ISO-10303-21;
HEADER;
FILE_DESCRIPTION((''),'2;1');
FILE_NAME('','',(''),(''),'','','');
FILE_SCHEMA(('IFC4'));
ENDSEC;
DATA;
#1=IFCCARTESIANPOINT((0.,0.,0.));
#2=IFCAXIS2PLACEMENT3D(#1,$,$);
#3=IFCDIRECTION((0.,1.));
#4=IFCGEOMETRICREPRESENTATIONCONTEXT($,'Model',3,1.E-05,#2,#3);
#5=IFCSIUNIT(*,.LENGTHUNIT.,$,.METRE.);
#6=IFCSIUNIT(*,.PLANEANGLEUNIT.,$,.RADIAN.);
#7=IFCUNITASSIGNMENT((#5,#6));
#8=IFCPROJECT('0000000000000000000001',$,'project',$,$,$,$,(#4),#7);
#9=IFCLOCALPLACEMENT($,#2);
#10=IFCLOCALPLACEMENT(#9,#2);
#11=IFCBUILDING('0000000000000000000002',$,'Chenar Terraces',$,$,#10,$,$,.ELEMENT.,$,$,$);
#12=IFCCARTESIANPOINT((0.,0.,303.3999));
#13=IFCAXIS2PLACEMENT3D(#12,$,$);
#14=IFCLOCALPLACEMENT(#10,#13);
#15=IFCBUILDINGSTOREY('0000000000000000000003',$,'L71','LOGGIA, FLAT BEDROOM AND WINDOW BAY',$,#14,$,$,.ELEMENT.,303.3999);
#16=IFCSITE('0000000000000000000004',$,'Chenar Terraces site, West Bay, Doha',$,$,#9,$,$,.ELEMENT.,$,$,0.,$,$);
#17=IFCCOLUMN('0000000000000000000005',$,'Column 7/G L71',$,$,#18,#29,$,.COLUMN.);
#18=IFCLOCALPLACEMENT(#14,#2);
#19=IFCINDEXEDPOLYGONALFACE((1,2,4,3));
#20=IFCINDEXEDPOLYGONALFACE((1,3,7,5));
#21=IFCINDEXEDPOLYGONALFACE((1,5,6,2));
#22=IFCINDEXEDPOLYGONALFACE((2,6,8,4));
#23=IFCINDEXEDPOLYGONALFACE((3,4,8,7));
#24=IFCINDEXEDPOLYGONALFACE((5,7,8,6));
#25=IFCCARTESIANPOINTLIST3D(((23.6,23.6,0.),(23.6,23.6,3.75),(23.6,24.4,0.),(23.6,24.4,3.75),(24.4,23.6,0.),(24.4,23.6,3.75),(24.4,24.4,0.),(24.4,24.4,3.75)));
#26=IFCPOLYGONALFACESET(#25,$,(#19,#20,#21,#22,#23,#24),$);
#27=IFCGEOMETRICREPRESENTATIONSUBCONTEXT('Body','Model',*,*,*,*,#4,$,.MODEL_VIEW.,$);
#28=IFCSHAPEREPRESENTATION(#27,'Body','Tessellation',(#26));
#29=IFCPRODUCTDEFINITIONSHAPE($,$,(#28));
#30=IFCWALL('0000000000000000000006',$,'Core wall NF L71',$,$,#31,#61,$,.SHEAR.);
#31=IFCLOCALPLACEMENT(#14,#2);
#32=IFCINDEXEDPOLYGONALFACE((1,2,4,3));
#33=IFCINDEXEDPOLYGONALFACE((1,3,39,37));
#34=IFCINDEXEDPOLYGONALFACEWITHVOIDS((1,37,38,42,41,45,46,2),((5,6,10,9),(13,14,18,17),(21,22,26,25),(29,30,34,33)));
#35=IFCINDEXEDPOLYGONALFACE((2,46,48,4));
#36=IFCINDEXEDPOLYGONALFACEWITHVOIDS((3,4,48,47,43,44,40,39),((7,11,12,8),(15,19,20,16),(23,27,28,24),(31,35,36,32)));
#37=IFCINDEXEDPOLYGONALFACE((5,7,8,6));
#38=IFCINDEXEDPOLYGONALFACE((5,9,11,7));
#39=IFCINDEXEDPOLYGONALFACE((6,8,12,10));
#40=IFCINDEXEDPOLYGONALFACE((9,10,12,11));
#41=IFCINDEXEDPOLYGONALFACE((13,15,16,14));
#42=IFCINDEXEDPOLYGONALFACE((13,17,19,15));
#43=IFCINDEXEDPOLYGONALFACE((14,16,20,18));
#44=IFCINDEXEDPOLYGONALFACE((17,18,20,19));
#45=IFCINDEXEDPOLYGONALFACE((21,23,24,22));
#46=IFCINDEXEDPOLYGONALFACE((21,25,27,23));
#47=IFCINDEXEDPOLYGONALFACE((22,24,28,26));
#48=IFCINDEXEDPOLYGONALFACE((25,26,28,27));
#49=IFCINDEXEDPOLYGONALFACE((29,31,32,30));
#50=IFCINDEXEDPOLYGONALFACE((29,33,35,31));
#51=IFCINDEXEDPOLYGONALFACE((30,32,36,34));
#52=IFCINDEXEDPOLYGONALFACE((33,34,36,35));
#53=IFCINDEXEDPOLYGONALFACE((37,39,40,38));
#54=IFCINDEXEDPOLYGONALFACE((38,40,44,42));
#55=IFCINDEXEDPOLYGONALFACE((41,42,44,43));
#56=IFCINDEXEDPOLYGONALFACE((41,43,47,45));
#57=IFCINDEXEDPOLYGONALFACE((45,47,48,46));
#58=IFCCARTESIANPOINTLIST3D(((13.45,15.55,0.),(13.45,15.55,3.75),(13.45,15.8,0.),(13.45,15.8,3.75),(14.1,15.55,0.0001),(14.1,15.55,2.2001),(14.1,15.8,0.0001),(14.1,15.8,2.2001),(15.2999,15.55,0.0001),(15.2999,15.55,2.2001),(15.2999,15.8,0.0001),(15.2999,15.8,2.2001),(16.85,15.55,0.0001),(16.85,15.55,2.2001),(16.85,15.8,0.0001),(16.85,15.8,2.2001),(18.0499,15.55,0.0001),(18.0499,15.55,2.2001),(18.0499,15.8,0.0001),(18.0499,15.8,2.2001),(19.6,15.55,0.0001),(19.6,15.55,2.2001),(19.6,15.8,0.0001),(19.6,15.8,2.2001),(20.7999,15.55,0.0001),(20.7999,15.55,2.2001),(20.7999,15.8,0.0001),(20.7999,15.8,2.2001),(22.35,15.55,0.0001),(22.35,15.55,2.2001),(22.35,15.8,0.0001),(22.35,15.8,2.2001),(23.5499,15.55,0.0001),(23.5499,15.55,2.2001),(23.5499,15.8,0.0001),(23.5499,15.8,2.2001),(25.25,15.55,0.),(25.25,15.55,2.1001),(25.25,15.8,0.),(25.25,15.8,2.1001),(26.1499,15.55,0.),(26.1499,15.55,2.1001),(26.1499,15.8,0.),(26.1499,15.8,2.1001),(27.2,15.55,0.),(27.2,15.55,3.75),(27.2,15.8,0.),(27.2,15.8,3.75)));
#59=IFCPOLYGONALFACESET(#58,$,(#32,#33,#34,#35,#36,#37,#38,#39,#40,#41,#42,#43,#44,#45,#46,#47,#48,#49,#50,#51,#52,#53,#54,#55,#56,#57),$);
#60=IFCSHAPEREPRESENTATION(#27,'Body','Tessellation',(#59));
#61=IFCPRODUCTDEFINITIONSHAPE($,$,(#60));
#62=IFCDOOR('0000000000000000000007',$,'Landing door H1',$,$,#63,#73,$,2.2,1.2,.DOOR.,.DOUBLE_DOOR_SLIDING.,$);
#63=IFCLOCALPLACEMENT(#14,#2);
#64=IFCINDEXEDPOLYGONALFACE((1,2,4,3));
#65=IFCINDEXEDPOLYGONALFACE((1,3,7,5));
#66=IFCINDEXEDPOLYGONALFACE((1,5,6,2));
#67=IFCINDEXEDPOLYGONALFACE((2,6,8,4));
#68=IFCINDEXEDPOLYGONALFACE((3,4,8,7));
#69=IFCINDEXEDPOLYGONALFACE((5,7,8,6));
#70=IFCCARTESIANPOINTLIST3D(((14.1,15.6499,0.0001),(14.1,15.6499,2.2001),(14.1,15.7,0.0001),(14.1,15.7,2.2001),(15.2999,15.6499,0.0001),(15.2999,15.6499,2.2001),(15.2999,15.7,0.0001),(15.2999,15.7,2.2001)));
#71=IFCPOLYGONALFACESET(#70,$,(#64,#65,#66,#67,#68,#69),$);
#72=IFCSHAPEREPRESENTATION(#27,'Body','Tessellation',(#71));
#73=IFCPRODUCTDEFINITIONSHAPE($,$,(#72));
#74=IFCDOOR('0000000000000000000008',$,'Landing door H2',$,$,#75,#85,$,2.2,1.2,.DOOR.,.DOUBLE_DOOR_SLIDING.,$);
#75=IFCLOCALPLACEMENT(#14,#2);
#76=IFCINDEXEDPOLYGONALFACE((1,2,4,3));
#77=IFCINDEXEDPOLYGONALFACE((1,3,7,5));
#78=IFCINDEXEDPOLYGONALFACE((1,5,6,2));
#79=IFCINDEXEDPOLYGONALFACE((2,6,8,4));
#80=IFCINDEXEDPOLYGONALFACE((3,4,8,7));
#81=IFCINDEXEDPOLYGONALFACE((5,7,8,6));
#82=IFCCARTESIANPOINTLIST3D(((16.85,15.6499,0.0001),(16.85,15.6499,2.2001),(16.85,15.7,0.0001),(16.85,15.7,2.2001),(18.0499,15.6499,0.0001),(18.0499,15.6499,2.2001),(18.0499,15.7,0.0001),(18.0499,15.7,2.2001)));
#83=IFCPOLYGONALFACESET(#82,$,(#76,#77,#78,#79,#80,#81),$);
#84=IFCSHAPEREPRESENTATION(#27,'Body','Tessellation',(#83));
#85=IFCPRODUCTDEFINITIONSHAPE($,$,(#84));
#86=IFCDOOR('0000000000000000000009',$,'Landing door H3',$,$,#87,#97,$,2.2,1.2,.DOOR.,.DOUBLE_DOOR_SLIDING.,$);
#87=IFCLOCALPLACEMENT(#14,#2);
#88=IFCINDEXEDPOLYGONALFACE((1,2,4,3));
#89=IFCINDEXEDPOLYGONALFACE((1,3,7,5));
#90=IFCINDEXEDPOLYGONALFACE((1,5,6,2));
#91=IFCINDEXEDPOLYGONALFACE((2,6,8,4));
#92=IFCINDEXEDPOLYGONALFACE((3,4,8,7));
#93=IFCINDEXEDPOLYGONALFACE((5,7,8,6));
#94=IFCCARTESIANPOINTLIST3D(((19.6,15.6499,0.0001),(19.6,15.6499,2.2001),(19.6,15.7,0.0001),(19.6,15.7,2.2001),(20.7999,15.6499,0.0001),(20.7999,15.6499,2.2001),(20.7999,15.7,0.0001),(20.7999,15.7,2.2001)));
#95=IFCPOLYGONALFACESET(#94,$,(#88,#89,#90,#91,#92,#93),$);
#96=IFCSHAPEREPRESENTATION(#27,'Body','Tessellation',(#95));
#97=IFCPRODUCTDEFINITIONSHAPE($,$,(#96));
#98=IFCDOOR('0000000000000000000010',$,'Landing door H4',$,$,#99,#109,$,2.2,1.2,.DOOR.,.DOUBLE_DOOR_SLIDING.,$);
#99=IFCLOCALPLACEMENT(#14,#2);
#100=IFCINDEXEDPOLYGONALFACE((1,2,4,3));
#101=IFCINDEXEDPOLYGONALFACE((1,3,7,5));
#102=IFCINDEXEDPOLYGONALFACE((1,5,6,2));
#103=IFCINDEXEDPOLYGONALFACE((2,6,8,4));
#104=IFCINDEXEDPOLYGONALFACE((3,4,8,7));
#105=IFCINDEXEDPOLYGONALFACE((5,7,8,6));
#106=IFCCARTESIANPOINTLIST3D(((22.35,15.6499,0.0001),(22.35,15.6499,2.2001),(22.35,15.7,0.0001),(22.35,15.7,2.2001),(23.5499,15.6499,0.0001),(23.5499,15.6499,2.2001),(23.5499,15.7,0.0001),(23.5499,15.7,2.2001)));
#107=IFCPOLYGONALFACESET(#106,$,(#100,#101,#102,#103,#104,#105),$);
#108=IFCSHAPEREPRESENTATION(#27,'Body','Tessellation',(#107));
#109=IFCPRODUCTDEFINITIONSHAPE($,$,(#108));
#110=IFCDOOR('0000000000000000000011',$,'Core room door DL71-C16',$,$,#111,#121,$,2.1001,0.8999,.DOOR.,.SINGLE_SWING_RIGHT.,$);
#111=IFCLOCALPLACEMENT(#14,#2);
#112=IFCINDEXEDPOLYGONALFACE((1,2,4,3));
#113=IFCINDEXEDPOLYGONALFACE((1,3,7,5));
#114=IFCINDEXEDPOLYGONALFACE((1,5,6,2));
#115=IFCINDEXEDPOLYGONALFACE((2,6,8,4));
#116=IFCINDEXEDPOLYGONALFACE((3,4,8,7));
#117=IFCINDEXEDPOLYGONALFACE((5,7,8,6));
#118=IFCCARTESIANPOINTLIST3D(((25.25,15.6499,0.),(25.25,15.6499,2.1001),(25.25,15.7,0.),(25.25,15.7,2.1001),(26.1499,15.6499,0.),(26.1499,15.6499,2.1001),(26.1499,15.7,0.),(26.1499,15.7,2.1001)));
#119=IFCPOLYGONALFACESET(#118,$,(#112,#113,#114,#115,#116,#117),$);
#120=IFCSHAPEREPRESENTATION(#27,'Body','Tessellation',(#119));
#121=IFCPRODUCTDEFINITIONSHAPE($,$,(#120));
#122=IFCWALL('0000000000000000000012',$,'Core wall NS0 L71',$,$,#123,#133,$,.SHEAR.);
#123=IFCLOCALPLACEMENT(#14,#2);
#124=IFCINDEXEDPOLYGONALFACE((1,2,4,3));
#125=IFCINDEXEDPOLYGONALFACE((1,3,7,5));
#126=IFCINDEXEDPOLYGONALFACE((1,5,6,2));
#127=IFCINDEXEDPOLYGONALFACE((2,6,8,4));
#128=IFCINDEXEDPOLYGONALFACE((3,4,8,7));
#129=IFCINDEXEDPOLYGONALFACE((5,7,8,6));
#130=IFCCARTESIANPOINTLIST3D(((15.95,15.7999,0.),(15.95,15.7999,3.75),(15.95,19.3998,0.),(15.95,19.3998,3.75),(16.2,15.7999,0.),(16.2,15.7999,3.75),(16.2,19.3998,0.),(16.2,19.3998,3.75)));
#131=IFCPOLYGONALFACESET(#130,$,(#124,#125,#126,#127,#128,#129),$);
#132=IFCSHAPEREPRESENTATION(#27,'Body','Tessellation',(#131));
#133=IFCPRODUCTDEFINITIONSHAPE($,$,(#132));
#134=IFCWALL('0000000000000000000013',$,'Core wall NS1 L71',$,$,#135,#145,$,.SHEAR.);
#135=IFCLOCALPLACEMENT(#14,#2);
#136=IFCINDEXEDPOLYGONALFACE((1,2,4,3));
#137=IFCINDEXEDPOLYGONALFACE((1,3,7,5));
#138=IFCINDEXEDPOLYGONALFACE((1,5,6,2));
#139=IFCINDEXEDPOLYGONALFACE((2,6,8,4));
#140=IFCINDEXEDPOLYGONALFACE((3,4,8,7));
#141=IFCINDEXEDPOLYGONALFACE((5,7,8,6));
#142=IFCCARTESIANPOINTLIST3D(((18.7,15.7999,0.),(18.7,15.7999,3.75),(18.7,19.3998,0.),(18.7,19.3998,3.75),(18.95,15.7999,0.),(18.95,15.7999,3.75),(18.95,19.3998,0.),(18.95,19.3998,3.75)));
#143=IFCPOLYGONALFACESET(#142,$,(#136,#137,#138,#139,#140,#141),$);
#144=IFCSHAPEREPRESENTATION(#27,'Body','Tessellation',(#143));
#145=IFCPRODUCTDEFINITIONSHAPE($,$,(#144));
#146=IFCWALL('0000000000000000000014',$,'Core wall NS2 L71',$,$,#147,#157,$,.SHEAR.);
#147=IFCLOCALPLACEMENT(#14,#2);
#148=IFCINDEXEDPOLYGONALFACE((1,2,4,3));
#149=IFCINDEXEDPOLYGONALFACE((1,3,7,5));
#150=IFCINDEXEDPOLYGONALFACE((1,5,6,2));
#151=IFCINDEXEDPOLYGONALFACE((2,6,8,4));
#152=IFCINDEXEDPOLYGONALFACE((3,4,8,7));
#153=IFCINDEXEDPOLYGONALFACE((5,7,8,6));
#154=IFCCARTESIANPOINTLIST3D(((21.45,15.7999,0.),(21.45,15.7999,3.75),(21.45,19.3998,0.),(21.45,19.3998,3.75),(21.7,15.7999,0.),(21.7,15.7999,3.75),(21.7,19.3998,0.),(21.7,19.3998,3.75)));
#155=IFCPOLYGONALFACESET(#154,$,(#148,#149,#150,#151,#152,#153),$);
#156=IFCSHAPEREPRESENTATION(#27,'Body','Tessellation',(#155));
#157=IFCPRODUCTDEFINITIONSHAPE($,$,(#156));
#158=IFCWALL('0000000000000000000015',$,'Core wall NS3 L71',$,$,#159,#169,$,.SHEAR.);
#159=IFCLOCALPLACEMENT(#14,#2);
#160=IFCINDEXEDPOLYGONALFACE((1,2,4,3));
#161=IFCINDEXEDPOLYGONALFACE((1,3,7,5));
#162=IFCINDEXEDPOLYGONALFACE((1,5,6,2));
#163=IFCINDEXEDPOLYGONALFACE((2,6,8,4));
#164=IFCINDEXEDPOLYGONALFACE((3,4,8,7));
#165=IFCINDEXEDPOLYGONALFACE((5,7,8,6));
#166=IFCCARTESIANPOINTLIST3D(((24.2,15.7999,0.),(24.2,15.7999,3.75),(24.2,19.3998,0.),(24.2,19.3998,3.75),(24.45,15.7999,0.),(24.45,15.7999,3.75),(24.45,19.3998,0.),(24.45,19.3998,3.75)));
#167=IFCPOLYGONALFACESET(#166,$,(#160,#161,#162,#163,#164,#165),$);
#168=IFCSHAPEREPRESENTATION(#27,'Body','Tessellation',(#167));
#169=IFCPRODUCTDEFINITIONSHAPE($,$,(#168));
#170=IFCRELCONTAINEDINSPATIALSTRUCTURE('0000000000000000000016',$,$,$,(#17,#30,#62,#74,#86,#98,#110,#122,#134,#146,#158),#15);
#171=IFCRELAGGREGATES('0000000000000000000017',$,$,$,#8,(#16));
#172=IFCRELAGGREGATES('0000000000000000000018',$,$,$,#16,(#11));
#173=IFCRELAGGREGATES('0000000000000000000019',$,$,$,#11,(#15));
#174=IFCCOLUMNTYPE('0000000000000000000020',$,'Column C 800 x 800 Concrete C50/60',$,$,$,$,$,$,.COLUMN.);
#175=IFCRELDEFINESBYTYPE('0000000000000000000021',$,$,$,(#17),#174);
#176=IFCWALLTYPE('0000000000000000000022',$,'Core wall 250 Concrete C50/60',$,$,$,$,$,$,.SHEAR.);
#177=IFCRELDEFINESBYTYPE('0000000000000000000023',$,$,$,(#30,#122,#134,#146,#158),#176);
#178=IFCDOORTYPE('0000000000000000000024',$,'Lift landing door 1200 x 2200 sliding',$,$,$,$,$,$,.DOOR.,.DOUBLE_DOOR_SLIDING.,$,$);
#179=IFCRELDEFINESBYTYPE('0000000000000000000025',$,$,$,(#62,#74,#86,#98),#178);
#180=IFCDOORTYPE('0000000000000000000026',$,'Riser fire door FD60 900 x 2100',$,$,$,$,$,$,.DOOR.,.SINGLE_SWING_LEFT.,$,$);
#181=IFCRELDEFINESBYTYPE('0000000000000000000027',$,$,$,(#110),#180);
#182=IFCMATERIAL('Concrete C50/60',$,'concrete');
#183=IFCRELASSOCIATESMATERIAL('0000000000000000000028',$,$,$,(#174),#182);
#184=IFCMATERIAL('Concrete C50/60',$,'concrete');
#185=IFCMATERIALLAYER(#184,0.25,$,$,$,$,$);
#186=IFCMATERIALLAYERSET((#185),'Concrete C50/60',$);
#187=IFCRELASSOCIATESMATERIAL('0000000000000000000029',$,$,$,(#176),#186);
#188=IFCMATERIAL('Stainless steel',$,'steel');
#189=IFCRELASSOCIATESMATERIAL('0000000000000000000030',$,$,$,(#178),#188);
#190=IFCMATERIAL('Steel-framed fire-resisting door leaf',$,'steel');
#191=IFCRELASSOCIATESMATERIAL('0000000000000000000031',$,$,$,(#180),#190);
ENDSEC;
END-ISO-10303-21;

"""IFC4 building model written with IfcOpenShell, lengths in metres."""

from ifc_helpers import new_model, si_unit, direction, frame, frame_2d, origin, origin_2d, place, context, subcontext, project, spatial, rectangle, extrude, material, layer, layer_set, material_profile, profile_set, type_object, element, fill, save


model = new_model("IFC4")

# Units and contexts
model_context = context("Model", 3, precision=1e-05, world=origin(), true_north=direction((0.0, 1.0)))
body_context = subcontext(model_context, "Body", "Model", "MODEL_VIEW")
ifc_project = project(units=[si_unit("LENGTHUNIT", "METRE"), si_unit("PLANEANGLEUNIT", "RADIAN")], contexts=[model_context])

# Site, building, storey
site_placement = place(None, origin())
site = spatial("IfcSite", under=ifc_project, at=site_placement, Name="Chenar Terraces site, West Bay, Doha", CompositionType="ELEMENT", RefElevation=0.0)
building_placement = place(site_placement, origin())
building = spatial("IfcBuilding", under=site, at=building_placement, Name="Chenar Terraces", CompositionType="ELEMENT")
storey_placement = place(building_placement, frame((0.0, 0.0, 303.3999)))
storey = spatial("IfcBuildingStorey", under=building, at=storey_placement, Name="L71", Description="LOGGIA, FLAT BEDROOM AND WINDOW BAY", CompositionType="ELEMENT", Elevation=303.3999)

# Column
ifc_material_1 = material(Name="Concrete C50/60", Category="concrete")
ifc_material_profile = material_profile(ifc_material_1, rectangle(XDim=0.8, YDim=0.8, at=origin_2d()), Name="C 800 x 800")
ifc_profile_set = profile_set([ifc_material_profile], Name="Concrete C50/60")
column_type = type_object("IfcColumnType", Name="Column C 800 x 800 Concrete C50/60", PredefinedType="COLUMN", material=ifc_profile_set)
column_placement = place(storey_placement, frame((24.0, 24.0, 0.0), z_axis=(0.0, 0.0, 1.0), x_axis=(1.0, 0.0, 0.0)))
element("IfcColumn", 1, at=column_placement, inside=storey, type_object=column_type, Name="Column 7/G L71", PredefinedType="COLUMN", context=body_context, shape_type="SweptSolid", body=[
    extrude(rectangle(XDim=0.8, YDim=0.8, at=origin_2d()), origin(), (0.0, 0.0, 1.0), 3.75),
])

# Wall, openings, doors
ifc_material_2 = material(Name="Concrete C50/60", Category="concrete")
ifc_layer_1 = layer(ifc_material_2, 0.25)
ifc_layer_set_1 = layer_set([ifc_layer_1], Name="Concrete C50/60")
wall_type_1 = type_object("IfcWallType", Name="Core wall 250 Concrete C50/60", PredefinedType="SHEAR", material=ifc_layer_set_1)
wall_1_placement = place(storey_placement, frame((13.45, 15.675, 0.0), z_axis=(0.0, 0.0, 1.0), x_axis=(1.0, 0.0, 0.0)))
wall_1 = element("IfcWall", 2, at=wall_1_placement, inside=storey, type_object=wall_type_1, Name="Core wall NF L71", PredefinedType="SHEAR", context=body_context, shape_type="SweptSolid", body=[
    extrude(rectangle(XDim=13.75, YDim=0.25, at=frame_2d((6.875, 0.0))), origin(), (0.0, 0.0, 1.0), 3.75),
])
opening_1_placement = place(wall_1_placement, frame((0.6499, 0.0, 0.0)))
opening_1 = element("IfcOpeningElement", 3, at=opening_1_placement, cuts=wall_1, PredefinedType="OPENING", context=body_context, shape_type="SweptSolid", body=[
    extrude(rectangle(XDim=1.2, YDim=2.2, at=frame_2d((0.6001, 1.1001))), frame((0.0, 0.135, 0.0), z_axis=(0.0, -1.0, 0.0), x_axis=(1.0, 0.0, 0.0)), (0.0, 0.0, 1.0), 0.27),
])
opening_2_placement = place(wall_1_placement, frame((3.3999, 0.0, 0.0)))
opening_2 = element("IfcOpeningElement", 4, at=opening_2_placement, cuts=wall_1, PredefinedType="OPENING", context=body_context, shape_type="SweptSolid", body=[
    extrude(rectangle(XDim=1.2, YDim=2.2, at=frame_2d((0.6001, 1.1001))), frame((0.0, 0.135, 0.0), z_axis=(0.0, -1.0, 0.0), x_axis=(1.0, 0.0, 0.0)), (0.0, 0.0, 1.0), 0.27),
])
opening_3_placement = place(wall_1_placement, frame((6.1499, 0.0, 0.0)))
opening_3 = element("IfcOpeningElement", 5, at=opening_3_placement, cuts=wall_1, PredefinedType="OPENING", context=body_context, shape_type="SweptSolid", body=[
    extrude(rectangle(XDim=1.2, YDim=2.2, at=frame_2d((0.6001, 1.1001))), frame((0.0, 0.135, 0.0), z_axis=(0.0, -1.0, 0.0), x_axis=(1.0, 0.0, 0.0)), (0.0, 0.0, 1.0), 0.27),
])
opening_4_placement = place(wall_1_placement, frame((8.8999, 0.0, 0.0)))
opening_4 = element("IfcOpeningElement", 6, at=opening_4_placement, cuts=wall_1, PredefinedType="OPENING", context=body_context, shape_type="SweptSolid", body=[
    extrude(rectangle(XDim=1.2, YDim=2.2, at=frame_2d((0.6001, 1.1001))), frame((0.0, 0.135, 0.0), z_axis=(0.0, -1.0, 0.0), x_axis=(1.0, 0.0, 0.0)), (0.0, 0.0, 1.0), 0.27),
])
opening_5_placement = place(wall_1_placement, frame((11.8, 0.0, 0.0)))
opening_5 = element("IfcOpeningElement", 7, at=opening_5_placement, cuts=wall_1, PredefinedType="OPENING", context=body_context, shape_type="SweptSolid", body=[
    extrude(rectangle(XDim=0.8999, YDim=2.1001, at=frame_2d((0.45, 1.05))), frame((0.0, 0.135, 0.0), z_axis=(0.0, -1.0, 0.0), x_axis=(1.0, 0.0, 0.0)), (0.0, 0.0, 1.0), 0.27),
])
ifc_material_3 = material(Name="Stainless steel", Category="steel")
door_type_1 = type_object("IfcDoorType", Name="Lift landing door 1200 x 2200 sliding", OperationType="DOUBLE_DOOR_SLIDING", PredefinedType="DOOR", material=ifc_material_3)
door_1_placement = place(opening_1_placement, origin())
door_1 = element("IfcDoor", 8, at=door_1_placement, inside=storey, type_object=door_type_1, Name="Landing door H1", OperationType="DOUBLE_DOOR_SLIDING", OverallHeight=2.2, OverallWidth=1.2, PredefinedType="DOOR", context=body_context, shape_type="SweptSolid", body=[
    extrude(rectangle(XDim=1.2, YDim=2.2, at=frame_2d((0.6001, 1.1001))), frame((0.0, 0.0249, 0.0), z_axis=(0.0, -1.0, 0.0), x_axis=(1.0, 0.0, 0.0)), (0.0, 0.0, 1.0), 0.05),
])
fill(opening_1, door_1)
door_2_placement = place(opening_2_placement, origin())
door_2 = element("IfcDoor", 9, at=door_2_placement, inside=storey, type_object=door_type_1, Name="Landing door H2", OperationType="DOUBLE_DOOR_SLIDING", OverallHeight=2.2, OverallWidth=1.2, PredefinedType="DOOR", context=body_context, shape_type="SweptSolid", body=[
    extrude(rectangle(XDim=1.2, YDim=2.2, at=frame_2d((0.6001, 1.1001))), frame((0.0, 0.0249, 0.0), z_axis=(0.0, -1.0, 0.0), x_axis=(1.0, 0.0, 0.0)), (0.0, 0.0, 1.0), 0.05),
])
fill(opening_2, door_2)
door_3_placement = place(opening_3_placement, origin())
door_3 = element("IfcDoor", 10, at=door_3_placement, inside=storey, type_object=door_type_1, Name="Landing door H3", OperationType="DOUBLE_DOOR_SLIDING", OverallHeight=2.2, OverallWidth=1.2, PredefinedType="DOOR", context=body_context, shape_type="SweptSolid", body=[
    extrude(rectangle(XDim=1.2, YDim=2.2, at=frame_2d((0.6001, 1.1001))), frame((0.0, 0.0249, 0.0), z_axis=(0.0, -1.0, 0.0), x_axis=(1.0, 0.0, 0.0)), (0.0, 0.0, 1.0), 0.05),
])
fill(opening_3, door_3)
door_4_placement = place(opening_4_placement, origin())
door_4 = element("IfcDoor", 11, at=door_4_placement, inside=storey, type_object=door_type_1, Name="Landing door H4", OperationType="DOUBLE_DOOR_SLIDING", OverallHeight=2.2, OverallWidth=1.2, PredefinedType="DOOR", context=body_context, shape_type="SweptSolid", body=[
    extrude(rectangle(XDim=1.2, YDim=2.2, at=frame_2d((0.6001, 1.1001))), frame((0.0, 0.0249, 0.0), z_axis=(0.0, -1.0, 0.0), x_axis=(1.0, 0.0, 0.0)), (0.0, 0.0, 1.0), 0.05),
])
fill(opening_4, door_4)
ifc_material_4 = material(Name="Steel-framed fire-resisting door leaf", Category="steel")
door_type_2 = type_object("IfcDoorType", Name="Riser fire door FD60 900 x 2100", OperationType="SINGLE_SWING_LEFT", PredefinedType="DOOR", material=ifc_material_4)
door_5_placement = place(opening_5_placement, origin())
door_5 = element("IfcDoor", 12, at=door_5_placement, inside=storey, type_object=door_type_2, Name="Core room door DL71-C16", OperationType="SINGLE_SWING_RIGHT", OverallHeight=2.1001, OverallWidth=0.8999, PredefinedType="DOOR", context=body_context, shape_type="SweptSolid", body=[
    extrude(rectangle(XDim=0.8999, YDim=2.1001, at=frame_2d((0.45, 1.05))), frame((0.0, 0.0249, 0.0), z_axis=(0.0, -1.0, 0.0), x_axis=(1.0, 0.0, 0.0)), (0.0, 0.0, 1.0), 0.05),
])
fill(opening_5, door_5)

# Walls
for number, where, z_axis, x_axis, name in (
    (13, (16.075, 15.8, 0.0), (0.0, 0.0, 1.0), (0.0, 1.0, 0.0), "Core wall NS0 L71"),
    (14, (18.825, 15.8, 0.0), (0.0, 0.0, 1.0), (0.0, 1.0, 0.0), "Core wall NS1 L71"),
    (15, (21.575, 15.8, 0.0), (0.0, 0.0, 1.0), (0.0, 1.0, 0.0), "Core wall NS2 L71"),
    (16, (24.325, 15.8, 0.0), (0.0, 0.0, 1.0), (0.0, 1.0, 0.0), "Core wall NS3 L71"),
):
    element("IfcWall", number, at=place(storey_placement, frame(where, z_axis=z_axis, x_axis=x_axis)), inside=storey, type_object=wall_type_1, Name=name, PredefinedType="SHEAR", context=body_context, shape_type="SweptSolid", body=[
        extrude(rectangle(XDim=3.5999, YDim=0.25, at=frame_2d((1.7998, 0.0))), origin(), (0.0, 0.0, 1.0), 3.75),
    ])

save(model, "model.ifc")
